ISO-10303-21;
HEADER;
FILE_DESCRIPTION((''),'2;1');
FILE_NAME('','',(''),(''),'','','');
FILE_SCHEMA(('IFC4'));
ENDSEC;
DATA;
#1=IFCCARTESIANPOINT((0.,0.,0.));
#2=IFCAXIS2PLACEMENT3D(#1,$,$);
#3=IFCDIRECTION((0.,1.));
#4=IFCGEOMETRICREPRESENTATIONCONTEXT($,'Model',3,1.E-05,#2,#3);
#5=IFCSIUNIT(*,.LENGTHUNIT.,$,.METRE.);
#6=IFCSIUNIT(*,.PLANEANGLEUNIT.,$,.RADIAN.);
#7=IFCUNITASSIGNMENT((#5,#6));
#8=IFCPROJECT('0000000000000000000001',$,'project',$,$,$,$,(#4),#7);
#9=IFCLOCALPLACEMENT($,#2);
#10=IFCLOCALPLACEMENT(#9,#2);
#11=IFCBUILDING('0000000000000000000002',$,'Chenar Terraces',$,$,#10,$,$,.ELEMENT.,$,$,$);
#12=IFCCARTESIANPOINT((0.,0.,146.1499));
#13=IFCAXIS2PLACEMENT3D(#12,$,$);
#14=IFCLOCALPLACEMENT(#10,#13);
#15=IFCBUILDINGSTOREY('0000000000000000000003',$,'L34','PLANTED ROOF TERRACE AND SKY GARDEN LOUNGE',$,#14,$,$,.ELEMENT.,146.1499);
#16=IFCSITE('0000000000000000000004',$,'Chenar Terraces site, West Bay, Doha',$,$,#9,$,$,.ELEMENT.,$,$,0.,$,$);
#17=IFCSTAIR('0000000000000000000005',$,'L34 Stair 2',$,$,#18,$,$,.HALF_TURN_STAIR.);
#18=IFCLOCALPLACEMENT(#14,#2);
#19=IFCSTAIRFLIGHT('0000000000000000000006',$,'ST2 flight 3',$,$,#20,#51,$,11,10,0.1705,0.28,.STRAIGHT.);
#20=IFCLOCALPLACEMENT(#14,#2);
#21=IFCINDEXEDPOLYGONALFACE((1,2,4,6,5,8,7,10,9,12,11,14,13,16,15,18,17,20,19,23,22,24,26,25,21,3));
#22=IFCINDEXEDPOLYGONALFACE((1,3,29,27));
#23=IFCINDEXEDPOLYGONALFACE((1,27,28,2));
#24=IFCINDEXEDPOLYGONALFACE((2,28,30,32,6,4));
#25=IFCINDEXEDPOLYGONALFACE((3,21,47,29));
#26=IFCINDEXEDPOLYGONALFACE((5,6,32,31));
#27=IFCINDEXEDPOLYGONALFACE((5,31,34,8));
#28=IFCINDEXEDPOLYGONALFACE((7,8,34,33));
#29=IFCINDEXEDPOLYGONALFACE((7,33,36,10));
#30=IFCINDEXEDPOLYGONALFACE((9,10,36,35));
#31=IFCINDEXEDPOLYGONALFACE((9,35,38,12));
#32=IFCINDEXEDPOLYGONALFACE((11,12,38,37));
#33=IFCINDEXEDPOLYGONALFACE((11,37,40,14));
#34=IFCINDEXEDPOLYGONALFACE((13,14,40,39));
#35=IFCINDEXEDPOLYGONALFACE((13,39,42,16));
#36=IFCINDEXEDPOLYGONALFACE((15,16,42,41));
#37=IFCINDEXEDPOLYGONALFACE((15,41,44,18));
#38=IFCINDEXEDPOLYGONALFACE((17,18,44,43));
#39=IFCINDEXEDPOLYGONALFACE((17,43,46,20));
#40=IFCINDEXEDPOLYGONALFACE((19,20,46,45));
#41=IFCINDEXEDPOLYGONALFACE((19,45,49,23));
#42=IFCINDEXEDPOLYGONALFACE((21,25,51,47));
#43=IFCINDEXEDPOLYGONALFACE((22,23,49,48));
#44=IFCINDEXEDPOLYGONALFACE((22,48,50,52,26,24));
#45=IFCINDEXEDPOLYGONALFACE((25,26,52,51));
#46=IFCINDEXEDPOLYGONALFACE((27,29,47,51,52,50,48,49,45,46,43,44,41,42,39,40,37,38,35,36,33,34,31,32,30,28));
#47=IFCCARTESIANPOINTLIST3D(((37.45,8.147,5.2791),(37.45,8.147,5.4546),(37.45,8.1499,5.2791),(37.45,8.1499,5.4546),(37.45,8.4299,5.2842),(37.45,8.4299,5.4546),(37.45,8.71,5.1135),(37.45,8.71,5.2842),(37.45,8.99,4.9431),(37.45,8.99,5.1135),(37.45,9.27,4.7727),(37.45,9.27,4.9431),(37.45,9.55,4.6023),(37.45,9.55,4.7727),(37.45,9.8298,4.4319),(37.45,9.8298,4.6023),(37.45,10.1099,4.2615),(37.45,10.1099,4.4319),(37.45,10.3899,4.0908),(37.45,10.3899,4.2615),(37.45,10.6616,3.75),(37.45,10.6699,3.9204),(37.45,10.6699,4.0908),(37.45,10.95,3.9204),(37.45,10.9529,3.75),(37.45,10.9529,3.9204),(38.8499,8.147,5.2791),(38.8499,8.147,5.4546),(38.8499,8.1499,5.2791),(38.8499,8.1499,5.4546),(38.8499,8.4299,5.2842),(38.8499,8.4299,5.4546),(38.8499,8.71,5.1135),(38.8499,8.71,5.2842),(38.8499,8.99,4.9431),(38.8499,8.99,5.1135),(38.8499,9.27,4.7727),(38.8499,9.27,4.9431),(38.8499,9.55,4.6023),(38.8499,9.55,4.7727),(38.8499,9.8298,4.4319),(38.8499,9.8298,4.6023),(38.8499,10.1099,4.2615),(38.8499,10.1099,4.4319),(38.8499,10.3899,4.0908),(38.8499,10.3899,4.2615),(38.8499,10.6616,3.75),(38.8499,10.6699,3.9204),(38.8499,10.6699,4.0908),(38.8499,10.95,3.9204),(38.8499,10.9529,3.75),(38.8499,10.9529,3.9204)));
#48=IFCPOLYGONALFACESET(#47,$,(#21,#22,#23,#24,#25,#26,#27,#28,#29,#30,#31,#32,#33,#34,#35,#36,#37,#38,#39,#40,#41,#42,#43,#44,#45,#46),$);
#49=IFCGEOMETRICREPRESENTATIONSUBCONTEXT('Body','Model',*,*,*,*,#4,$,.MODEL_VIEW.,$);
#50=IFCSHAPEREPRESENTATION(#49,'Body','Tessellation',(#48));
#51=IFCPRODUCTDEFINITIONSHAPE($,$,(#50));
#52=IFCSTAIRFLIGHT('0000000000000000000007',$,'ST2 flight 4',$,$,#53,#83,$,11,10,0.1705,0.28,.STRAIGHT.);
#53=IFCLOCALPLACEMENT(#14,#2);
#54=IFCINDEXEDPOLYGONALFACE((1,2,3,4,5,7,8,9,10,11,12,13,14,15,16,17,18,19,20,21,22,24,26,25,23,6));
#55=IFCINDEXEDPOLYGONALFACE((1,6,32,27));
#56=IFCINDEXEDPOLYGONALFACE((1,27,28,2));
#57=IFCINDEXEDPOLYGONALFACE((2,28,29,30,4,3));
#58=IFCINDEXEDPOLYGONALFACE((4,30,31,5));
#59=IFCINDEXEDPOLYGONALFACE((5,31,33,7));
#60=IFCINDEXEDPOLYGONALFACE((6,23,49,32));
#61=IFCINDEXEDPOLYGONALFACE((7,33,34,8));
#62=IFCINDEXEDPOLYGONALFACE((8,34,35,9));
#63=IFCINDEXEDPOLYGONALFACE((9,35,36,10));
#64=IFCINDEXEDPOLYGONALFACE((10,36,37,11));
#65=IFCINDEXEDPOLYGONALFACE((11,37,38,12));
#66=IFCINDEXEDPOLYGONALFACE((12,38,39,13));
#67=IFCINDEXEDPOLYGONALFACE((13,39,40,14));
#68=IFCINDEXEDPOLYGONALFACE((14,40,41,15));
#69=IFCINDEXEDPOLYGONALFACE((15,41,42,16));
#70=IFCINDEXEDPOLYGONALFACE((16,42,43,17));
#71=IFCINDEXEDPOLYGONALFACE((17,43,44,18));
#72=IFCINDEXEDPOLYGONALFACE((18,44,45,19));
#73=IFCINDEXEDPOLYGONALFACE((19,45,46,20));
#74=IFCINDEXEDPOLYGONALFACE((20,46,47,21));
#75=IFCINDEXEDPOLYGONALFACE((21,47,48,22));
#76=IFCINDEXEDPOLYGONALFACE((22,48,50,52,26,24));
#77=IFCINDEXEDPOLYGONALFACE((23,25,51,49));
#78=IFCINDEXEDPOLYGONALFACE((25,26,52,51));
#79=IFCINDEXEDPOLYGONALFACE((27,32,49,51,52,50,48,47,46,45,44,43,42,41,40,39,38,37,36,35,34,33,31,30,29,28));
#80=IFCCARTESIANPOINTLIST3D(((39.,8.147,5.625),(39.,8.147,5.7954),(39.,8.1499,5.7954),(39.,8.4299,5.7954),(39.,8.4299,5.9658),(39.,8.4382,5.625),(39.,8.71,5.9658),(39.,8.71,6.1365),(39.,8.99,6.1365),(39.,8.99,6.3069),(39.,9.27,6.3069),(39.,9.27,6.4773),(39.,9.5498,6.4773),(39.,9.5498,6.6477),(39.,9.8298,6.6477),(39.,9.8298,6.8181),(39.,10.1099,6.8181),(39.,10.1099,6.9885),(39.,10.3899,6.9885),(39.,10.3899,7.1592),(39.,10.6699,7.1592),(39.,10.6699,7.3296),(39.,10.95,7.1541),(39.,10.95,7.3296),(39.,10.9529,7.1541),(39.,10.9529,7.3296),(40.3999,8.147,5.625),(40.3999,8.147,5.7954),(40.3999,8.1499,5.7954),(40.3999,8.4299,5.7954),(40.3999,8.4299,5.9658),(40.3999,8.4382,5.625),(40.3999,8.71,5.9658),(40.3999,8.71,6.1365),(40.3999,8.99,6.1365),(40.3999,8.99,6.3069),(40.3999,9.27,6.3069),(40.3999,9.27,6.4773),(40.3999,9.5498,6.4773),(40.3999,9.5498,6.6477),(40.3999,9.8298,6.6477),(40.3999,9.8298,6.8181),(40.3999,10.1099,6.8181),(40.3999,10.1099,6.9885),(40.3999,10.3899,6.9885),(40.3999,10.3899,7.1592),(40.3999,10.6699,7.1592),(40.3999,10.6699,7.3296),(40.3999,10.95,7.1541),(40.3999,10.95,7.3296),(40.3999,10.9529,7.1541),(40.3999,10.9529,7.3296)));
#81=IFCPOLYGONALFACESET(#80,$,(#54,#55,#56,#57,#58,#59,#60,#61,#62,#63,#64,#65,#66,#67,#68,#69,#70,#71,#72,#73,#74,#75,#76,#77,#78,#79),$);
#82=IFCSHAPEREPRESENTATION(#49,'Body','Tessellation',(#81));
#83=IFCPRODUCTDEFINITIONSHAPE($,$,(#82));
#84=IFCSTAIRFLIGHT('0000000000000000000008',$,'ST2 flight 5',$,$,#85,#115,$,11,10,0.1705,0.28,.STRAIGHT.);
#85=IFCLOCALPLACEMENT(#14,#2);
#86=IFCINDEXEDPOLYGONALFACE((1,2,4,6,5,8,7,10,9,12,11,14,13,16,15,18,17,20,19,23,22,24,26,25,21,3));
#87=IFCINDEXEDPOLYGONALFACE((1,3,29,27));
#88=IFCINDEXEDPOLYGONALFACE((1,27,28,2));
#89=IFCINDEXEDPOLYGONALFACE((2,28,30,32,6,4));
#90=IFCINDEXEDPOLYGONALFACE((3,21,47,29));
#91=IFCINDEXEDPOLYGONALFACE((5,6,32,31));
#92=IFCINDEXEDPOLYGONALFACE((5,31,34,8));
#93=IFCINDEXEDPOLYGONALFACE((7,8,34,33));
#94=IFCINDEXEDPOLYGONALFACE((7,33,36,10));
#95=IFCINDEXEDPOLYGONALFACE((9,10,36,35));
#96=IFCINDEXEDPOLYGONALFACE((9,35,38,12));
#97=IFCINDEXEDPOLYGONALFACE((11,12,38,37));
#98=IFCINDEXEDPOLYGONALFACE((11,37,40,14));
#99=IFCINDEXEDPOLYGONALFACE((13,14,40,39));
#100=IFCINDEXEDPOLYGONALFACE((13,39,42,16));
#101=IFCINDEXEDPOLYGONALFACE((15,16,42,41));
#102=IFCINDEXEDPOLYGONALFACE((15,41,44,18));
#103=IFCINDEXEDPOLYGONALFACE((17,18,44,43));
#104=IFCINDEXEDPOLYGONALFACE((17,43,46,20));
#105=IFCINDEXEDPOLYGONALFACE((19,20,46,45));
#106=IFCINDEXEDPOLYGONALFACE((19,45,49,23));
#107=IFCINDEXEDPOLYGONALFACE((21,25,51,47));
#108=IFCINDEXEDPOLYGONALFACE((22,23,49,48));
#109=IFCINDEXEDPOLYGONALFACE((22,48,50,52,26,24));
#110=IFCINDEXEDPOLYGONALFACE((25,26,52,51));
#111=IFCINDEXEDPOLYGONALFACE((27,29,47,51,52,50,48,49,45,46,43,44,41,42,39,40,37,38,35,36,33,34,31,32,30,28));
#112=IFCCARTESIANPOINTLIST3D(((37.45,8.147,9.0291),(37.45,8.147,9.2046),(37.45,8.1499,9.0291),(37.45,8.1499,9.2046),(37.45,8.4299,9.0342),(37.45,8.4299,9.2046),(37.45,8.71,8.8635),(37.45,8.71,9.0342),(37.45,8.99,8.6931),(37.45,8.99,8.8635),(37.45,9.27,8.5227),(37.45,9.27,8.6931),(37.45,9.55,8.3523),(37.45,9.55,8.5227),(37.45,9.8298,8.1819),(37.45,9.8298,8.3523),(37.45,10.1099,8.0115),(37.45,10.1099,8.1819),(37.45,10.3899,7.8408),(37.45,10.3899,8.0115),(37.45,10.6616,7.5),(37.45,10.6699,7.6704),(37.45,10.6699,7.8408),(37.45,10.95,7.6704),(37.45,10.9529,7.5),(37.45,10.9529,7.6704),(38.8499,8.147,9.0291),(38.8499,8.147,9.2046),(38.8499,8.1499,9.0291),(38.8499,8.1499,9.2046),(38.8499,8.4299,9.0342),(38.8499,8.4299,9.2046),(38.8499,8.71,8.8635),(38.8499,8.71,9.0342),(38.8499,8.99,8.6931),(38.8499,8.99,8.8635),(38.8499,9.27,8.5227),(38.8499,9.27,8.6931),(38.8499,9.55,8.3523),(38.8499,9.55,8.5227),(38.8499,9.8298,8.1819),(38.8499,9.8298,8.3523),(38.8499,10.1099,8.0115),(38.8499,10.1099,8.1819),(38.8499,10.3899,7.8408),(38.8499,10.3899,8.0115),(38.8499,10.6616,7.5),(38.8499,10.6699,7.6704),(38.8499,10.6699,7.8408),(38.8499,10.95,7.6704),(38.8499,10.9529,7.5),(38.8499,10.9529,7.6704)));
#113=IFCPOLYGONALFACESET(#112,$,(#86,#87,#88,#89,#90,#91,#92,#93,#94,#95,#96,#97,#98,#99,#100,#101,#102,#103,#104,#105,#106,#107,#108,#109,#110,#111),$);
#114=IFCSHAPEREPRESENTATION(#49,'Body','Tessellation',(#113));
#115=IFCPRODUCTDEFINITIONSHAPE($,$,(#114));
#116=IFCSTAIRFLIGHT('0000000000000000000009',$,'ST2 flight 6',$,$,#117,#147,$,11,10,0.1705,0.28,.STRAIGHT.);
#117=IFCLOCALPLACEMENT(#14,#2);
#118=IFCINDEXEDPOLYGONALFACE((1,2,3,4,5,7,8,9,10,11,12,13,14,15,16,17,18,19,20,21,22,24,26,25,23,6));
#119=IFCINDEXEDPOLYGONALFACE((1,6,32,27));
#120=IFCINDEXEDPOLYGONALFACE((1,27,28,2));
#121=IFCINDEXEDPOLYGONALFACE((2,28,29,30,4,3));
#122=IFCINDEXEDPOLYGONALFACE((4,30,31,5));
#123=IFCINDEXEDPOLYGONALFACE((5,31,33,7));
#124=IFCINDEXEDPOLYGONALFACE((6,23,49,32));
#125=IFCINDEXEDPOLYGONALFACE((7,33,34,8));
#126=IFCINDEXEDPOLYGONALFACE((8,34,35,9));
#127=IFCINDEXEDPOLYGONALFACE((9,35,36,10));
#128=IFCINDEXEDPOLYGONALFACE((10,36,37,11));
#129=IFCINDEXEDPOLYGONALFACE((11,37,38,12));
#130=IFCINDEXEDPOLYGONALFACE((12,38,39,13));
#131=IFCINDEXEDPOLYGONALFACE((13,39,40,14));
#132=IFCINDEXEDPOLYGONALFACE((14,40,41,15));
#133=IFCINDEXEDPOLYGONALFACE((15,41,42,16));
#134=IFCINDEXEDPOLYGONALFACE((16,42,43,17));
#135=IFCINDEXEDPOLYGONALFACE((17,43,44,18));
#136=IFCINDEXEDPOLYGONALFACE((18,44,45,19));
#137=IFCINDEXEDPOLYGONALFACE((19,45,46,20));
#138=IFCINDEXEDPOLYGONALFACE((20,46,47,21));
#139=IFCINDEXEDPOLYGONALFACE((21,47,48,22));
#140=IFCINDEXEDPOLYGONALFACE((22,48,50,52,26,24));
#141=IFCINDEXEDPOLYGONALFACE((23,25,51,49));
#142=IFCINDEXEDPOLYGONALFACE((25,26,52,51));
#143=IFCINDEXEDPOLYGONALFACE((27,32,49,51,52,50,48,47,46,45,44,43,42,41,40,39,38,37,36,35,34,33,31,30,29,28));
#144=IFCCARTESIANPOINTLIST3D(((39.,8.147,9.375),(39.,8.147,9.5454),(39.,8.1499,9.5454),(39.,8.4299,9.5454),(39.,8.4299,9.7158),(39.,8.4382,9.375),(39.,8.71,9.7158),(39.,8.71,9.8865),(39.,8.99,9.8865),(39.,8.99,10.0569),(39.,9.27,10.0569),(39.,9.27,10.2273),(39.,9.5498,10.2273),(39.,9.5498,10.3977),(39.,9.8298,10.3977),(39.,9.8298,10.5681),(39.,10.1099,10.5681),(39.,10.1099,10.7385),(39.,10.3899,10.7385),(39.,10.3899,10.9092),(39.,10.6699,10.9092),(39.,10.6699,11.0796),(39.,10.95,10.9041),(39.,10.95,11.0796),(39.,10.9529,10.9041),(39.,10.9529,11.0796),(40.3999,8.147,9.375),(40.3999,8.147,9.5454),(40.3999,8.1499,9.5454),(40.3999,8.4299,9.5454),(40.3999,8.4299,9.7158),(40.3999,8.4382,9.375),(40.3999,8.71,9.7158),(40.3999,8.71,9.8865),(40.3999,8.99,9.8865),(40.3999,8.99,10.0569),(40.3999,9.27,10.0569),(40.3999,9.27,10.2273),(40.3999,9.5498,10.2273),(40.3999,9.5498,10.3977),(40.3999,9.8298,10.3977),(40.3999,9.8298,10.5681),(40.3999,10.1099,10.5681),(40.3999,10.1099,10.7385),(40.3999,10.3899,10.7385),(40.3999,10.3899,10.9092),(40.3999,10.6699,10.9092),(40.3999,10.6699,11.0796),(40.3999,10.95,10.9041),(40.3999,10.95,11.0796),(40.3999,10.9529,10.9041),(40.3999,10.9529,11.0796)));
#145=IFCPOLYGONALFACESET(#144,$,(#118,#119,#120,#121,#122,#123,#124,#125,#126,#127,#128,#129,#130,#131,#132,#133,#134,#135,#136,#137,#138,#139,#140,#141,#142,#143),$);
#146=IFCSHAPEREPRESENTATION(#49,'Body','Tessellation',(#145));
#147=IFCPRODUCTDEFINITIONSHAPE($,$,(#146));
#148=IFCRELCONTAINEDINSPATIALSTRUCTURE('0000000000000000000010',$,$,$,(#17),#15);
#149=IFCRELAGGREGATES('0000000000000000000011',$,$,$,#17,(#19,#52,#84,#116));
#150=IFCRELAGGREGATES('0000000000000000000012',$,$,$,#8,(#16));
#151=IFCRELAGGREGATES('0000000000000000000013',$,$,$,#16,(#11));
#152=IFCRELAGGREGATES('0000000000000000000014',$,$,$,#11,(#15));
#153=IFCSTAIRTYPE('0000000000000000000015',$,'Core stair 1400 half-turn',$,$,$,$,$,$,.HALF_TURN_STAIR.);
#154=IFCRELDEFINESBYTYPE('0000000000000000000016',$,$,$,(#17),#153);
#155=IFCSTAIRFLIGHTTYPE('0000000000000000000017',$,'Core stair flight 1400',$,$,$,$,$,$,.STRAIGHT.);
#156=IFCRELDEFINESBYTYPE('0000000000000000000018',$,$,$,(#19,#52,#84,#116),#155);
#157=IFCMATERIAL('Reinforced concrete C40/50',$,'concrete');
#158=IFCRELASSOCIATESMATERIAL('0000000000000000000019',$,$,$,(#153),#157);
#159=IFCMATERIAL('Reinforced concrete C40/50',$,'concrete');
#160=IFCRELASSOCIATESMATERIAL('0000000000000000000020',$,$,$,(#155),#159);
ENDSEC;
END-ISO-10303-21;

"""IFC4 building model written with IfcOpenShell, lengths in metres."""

from ifc_helpers import new_model, si_unit, direction, frame, origin, place, context, subcontext, project, spatial, polyline, outline, extrude, material, type_object, element, aggregate, save


model = new_model("IFC4")

# Units and contexts
model_context = context("Model", 3, precision=1e-05, world=origin(), true_north=direction((0.0, 1.0)))
body_context = subcontext(model_context, "Body", "Model", "MODEL_VIEW")
ifc_project = project(units=[si_unit("LENGTHUNIT", "METRE"), si_unit("PLANEANGLEUNIT", "RADIAN")], contexts=[model_context])

# Site, building, storey
site_placement = place(None, origin())
site = spatial("IfcSite", under=ifc_project, at=site_placement, Name="Chenar Terraces site, West Bay, Doha", CompositionType="ELEMENT", RefElevation=0.0)
building_placement = place(site_placement, origin())
building = spatial("IfcBuilding", under=site, at=building_placement, Name="Chenar Terraces", CompositionType="ELEMENT")
storey_placement = place(building_placement, frame((0.0, 0.0, 146.1499)))
storey = spatial("IfcBuildingStorey", under=building, at=storey_placement, Name="L34", Description="PLANTED ROOF TERRACE AND SKY GARDEN LOUNGE", CompositionType="ELEMENT", Elevation=146.1499)

# Stair, stair flights
ifc_material_1 = material(Name="Reinforced concrete C40/50", Category="concrete")
stair_type = type_object("IfcStairType", Name="Core stair 1400 half-turn", PredefinedType="HALF_TURN_STAIR", material=ifc_material_1)
stair_placement = place(storey_placement, origin())
stair = element("IfcStair", 1, at=stair_placement, inside=storey, type_object=stair_type, Name="L34 Stair 2", PredefinedType="HALF_TURN_STAIR")
ifc_material_2 = material(Name="Reinforced concrete C40/50", Category="concrete")
stair_flight_type = type_object("IfcStairFlightType", Name="Core stair flight 1400", PredefinedType="STRAIGHT", material=ifc_material_2)
stair_flight_1_placement = place(storey_placement, frame((38.1499, 10.95, 3.75), z_axis=(0.0, 0.0, 1.0), x_axis=(0.0, -1.0, 0.0)))
stair_flight_1 = element("IfcStairFlight", 2, at=stair_flight_1_placement, type_object=stair_flight_type, Name="ST2 flight 3", NumberOfRisers=11, NumberOfTreads=10, PredefinedType="STRAIGHT", RiserHeight=0.1705, TreadLength=0.28, context=body_context, shape_type="SweptSolid", body=[
    extrude(outline(polyline([(-0.0029, 0.0), (-0.0029, 0.1704), (0.0, 0.1704), (0.28, 0.1704), (0.28, 0.3408), (0.5601, 0.3408), (0.5601, 0.5115), (0.8401, 0.5115), (0.8401, 0.6819), (1.1201, 0.6819), (1.1201, 0.8523), (1.3999, 0.8523), (1.3999, 1.0227), (1.6799, 1.0227), (1.6799, 1.1931), (1.96, 1.1931), (1.96, 1.3635), (2.24, 1.3635), (2.24, 1.5342), (2.52, 1.5342), (2.52, 1.7046), (2.8, 1.7046), (2.803, 1.7046), (2.803, 1.5291), (2.8, 1.5291), (0.2883, 0.0), (-0.0029, 0.0)])), frame((0.0, 0.7, 0.0), z_axis=(0.0, -1.0, 0.0), x_axis=(1.0, 0.0, 0.0)), (0.0, 0.0, 1.0), 1.3999),
])
stair_flight_2_placement = place(storey_placement, frame((39.7, 8.1499, 5.625), z_axis=(0.0, 0.0, 1.0), x_axis=(0.0, 1.0, 0.0)))
stair_flight_2 = element("IfcStairFlight", 3, at=stair_flight_2_placement, type_object=stair_flight_type, Name="ST2 flight 4", NumberOfRisers=11, NumberOfTreads=10, PredefinedType="STRAIGHT", RiserHeight=0.1705, TreadLength=0.28, context=body_context, shape_type="SweptSolid", body=[
    extrude(outline(polyline([(-0.0029, 0.0), (-0.0029, 0.1704), (0.0, 0.1704), (0.28, 0.1704), (0.28, 0.3408), (0.5601, 0.3408), (0.5601, 0.5115), (0.8401, 0.5115), (0.8401, 0.6819), (1.1201, 0.6819), (1.1201, 0.8523), (1.3999, 0.8523), (1.3999, 1.0227), (1.6799, 1.0227), (1.6799, 1.1931), (1.96, 1.1931), (1.96, 1.3635), (2.24, 1.3635), (2.24, 1.5342), (2.52, 1.5342), (2.52, 1.7046), (2.8, 1.7046), (2.803, 1.7046), (2.803, 1.5291), (2.8, 1.5291), (0.2883, 0.0), (-0.0029, 0.0)])), frame((0.0, 0.7, 0.0), z_axis=(0.0, -1.0, 0.0), x_axis=(1.0, 0.0, 0.0)), (0.0, 0.0, 1.0), 1.3999),
])
stair_flight_3_placement = place(storey_placement, frame((38.1499, 10.95, 7.5), z_axis=(0.0, 0.0, 1.0), x_axis=(0.0, -1.0, 0.0)))
stair_flight_3 = element("IfcStairFlight", 4, at=stair_flight_3_placement, type_object=stair_flight_type, Name="ST2 flight 5", NumberOfRisers=11, NumberOfTreads=10, PredefinedType="STRAIGHT", RiserHeight=0.1705, TreadLength=0.28, context=body_context, shape_type="SweptSolid", body=[
    extrude(outline(polyline([(-0.0029, 0.0), (-0.0029, 0.1704), (0.0, 0.1704), (0.28, 0.1704), (0.28, 0.3408), (0.5601, 0.3408), (0.5601, 0.5115), (0.8401, 0.5115), (0.8401, 0.6819), (1.1201, 0.6819), (1.1201, 0.8523), (1.3999, 0.8523), (1.3999, 1.0227), (1.6799, 1.0227), (1.6799, 1.1931), (1.96, 1.1931), (1.96, 1.3635), (2.24, 1.3635), (2.24, 1.5342), (2.52, 1.5342), (2.52, 1.7046), (2.8, 1.7046), (2.803, 1.7046), (2.803, 1.5291), (2.8, 1.5291), (0.2883, 0.0), (-0.0029, 0.0)])), frame((0.0, 0.7, 0.0), z_axis=(0.0, -1.0, 0.0), x_axis=(1.0, 0.0, 0.0)), (0.0, 0.0, 1.0), 1.3999),
])
stair_flight_4_placement = place(storey_placement, frame((39.7, 8.1499, 9.375), z_axis=(0.0, 0.0, 1.0), x_axis=(0.0, 1.0, 0.0)))
stair_flight_4 = element("IfcStairFlight", 5, at=stair_flight_4_placement, type_object=stair_flight_type, Name="ST2 flight 6", NumberOfRisers=11, NumberOfTreads=10, PredefinedType="STRAIGHT", RiserHeight=0.1705, TreadLength=0.28, context=body_context, shape_type="SweptSolid", body=[
    extrude(outline(polyline([(-0.0029, 0.0), (-0.0029, 0.1704), (0.0, 0.1704), (0.28, 0.1704), (0.28, 0.3408), (0.5601, 0.3408), (0.5601, 0.5115), (0.8401, 0.5115), (0.8401, 0.6819), (1.1201, 0.6819), (1.1201, 0.8523), (1.3999, 0.8523), (1.3999, 1.0227), (1.6799, 1.0227), (1.6799, 1.1931), (1.96, 1.1931), (1.96, 1.3635), (2.24, 1.3635), (2.24, 1.5342), (2.52, 1.5342), (2.52, 1.7046), (2.8, 1.7046), (2.803, 1.7046), (2.803, 1.5291), (2.8, 1.5291), (0.2883, 0.0), (-0.0029, 0.0)])), frame((0.0, 0.7, 0.0), z_axis=(0.0, -1.0, 0.0), x_axis=(1.0, 0.0, 0.0)), (0.0, 0.0, 1.0), 1.3999),
])
aggregate(stair, [stair_flight_1, stair_flight_2, stair_flight_3, stair_flight_4])

save(model, "model.ifc")
